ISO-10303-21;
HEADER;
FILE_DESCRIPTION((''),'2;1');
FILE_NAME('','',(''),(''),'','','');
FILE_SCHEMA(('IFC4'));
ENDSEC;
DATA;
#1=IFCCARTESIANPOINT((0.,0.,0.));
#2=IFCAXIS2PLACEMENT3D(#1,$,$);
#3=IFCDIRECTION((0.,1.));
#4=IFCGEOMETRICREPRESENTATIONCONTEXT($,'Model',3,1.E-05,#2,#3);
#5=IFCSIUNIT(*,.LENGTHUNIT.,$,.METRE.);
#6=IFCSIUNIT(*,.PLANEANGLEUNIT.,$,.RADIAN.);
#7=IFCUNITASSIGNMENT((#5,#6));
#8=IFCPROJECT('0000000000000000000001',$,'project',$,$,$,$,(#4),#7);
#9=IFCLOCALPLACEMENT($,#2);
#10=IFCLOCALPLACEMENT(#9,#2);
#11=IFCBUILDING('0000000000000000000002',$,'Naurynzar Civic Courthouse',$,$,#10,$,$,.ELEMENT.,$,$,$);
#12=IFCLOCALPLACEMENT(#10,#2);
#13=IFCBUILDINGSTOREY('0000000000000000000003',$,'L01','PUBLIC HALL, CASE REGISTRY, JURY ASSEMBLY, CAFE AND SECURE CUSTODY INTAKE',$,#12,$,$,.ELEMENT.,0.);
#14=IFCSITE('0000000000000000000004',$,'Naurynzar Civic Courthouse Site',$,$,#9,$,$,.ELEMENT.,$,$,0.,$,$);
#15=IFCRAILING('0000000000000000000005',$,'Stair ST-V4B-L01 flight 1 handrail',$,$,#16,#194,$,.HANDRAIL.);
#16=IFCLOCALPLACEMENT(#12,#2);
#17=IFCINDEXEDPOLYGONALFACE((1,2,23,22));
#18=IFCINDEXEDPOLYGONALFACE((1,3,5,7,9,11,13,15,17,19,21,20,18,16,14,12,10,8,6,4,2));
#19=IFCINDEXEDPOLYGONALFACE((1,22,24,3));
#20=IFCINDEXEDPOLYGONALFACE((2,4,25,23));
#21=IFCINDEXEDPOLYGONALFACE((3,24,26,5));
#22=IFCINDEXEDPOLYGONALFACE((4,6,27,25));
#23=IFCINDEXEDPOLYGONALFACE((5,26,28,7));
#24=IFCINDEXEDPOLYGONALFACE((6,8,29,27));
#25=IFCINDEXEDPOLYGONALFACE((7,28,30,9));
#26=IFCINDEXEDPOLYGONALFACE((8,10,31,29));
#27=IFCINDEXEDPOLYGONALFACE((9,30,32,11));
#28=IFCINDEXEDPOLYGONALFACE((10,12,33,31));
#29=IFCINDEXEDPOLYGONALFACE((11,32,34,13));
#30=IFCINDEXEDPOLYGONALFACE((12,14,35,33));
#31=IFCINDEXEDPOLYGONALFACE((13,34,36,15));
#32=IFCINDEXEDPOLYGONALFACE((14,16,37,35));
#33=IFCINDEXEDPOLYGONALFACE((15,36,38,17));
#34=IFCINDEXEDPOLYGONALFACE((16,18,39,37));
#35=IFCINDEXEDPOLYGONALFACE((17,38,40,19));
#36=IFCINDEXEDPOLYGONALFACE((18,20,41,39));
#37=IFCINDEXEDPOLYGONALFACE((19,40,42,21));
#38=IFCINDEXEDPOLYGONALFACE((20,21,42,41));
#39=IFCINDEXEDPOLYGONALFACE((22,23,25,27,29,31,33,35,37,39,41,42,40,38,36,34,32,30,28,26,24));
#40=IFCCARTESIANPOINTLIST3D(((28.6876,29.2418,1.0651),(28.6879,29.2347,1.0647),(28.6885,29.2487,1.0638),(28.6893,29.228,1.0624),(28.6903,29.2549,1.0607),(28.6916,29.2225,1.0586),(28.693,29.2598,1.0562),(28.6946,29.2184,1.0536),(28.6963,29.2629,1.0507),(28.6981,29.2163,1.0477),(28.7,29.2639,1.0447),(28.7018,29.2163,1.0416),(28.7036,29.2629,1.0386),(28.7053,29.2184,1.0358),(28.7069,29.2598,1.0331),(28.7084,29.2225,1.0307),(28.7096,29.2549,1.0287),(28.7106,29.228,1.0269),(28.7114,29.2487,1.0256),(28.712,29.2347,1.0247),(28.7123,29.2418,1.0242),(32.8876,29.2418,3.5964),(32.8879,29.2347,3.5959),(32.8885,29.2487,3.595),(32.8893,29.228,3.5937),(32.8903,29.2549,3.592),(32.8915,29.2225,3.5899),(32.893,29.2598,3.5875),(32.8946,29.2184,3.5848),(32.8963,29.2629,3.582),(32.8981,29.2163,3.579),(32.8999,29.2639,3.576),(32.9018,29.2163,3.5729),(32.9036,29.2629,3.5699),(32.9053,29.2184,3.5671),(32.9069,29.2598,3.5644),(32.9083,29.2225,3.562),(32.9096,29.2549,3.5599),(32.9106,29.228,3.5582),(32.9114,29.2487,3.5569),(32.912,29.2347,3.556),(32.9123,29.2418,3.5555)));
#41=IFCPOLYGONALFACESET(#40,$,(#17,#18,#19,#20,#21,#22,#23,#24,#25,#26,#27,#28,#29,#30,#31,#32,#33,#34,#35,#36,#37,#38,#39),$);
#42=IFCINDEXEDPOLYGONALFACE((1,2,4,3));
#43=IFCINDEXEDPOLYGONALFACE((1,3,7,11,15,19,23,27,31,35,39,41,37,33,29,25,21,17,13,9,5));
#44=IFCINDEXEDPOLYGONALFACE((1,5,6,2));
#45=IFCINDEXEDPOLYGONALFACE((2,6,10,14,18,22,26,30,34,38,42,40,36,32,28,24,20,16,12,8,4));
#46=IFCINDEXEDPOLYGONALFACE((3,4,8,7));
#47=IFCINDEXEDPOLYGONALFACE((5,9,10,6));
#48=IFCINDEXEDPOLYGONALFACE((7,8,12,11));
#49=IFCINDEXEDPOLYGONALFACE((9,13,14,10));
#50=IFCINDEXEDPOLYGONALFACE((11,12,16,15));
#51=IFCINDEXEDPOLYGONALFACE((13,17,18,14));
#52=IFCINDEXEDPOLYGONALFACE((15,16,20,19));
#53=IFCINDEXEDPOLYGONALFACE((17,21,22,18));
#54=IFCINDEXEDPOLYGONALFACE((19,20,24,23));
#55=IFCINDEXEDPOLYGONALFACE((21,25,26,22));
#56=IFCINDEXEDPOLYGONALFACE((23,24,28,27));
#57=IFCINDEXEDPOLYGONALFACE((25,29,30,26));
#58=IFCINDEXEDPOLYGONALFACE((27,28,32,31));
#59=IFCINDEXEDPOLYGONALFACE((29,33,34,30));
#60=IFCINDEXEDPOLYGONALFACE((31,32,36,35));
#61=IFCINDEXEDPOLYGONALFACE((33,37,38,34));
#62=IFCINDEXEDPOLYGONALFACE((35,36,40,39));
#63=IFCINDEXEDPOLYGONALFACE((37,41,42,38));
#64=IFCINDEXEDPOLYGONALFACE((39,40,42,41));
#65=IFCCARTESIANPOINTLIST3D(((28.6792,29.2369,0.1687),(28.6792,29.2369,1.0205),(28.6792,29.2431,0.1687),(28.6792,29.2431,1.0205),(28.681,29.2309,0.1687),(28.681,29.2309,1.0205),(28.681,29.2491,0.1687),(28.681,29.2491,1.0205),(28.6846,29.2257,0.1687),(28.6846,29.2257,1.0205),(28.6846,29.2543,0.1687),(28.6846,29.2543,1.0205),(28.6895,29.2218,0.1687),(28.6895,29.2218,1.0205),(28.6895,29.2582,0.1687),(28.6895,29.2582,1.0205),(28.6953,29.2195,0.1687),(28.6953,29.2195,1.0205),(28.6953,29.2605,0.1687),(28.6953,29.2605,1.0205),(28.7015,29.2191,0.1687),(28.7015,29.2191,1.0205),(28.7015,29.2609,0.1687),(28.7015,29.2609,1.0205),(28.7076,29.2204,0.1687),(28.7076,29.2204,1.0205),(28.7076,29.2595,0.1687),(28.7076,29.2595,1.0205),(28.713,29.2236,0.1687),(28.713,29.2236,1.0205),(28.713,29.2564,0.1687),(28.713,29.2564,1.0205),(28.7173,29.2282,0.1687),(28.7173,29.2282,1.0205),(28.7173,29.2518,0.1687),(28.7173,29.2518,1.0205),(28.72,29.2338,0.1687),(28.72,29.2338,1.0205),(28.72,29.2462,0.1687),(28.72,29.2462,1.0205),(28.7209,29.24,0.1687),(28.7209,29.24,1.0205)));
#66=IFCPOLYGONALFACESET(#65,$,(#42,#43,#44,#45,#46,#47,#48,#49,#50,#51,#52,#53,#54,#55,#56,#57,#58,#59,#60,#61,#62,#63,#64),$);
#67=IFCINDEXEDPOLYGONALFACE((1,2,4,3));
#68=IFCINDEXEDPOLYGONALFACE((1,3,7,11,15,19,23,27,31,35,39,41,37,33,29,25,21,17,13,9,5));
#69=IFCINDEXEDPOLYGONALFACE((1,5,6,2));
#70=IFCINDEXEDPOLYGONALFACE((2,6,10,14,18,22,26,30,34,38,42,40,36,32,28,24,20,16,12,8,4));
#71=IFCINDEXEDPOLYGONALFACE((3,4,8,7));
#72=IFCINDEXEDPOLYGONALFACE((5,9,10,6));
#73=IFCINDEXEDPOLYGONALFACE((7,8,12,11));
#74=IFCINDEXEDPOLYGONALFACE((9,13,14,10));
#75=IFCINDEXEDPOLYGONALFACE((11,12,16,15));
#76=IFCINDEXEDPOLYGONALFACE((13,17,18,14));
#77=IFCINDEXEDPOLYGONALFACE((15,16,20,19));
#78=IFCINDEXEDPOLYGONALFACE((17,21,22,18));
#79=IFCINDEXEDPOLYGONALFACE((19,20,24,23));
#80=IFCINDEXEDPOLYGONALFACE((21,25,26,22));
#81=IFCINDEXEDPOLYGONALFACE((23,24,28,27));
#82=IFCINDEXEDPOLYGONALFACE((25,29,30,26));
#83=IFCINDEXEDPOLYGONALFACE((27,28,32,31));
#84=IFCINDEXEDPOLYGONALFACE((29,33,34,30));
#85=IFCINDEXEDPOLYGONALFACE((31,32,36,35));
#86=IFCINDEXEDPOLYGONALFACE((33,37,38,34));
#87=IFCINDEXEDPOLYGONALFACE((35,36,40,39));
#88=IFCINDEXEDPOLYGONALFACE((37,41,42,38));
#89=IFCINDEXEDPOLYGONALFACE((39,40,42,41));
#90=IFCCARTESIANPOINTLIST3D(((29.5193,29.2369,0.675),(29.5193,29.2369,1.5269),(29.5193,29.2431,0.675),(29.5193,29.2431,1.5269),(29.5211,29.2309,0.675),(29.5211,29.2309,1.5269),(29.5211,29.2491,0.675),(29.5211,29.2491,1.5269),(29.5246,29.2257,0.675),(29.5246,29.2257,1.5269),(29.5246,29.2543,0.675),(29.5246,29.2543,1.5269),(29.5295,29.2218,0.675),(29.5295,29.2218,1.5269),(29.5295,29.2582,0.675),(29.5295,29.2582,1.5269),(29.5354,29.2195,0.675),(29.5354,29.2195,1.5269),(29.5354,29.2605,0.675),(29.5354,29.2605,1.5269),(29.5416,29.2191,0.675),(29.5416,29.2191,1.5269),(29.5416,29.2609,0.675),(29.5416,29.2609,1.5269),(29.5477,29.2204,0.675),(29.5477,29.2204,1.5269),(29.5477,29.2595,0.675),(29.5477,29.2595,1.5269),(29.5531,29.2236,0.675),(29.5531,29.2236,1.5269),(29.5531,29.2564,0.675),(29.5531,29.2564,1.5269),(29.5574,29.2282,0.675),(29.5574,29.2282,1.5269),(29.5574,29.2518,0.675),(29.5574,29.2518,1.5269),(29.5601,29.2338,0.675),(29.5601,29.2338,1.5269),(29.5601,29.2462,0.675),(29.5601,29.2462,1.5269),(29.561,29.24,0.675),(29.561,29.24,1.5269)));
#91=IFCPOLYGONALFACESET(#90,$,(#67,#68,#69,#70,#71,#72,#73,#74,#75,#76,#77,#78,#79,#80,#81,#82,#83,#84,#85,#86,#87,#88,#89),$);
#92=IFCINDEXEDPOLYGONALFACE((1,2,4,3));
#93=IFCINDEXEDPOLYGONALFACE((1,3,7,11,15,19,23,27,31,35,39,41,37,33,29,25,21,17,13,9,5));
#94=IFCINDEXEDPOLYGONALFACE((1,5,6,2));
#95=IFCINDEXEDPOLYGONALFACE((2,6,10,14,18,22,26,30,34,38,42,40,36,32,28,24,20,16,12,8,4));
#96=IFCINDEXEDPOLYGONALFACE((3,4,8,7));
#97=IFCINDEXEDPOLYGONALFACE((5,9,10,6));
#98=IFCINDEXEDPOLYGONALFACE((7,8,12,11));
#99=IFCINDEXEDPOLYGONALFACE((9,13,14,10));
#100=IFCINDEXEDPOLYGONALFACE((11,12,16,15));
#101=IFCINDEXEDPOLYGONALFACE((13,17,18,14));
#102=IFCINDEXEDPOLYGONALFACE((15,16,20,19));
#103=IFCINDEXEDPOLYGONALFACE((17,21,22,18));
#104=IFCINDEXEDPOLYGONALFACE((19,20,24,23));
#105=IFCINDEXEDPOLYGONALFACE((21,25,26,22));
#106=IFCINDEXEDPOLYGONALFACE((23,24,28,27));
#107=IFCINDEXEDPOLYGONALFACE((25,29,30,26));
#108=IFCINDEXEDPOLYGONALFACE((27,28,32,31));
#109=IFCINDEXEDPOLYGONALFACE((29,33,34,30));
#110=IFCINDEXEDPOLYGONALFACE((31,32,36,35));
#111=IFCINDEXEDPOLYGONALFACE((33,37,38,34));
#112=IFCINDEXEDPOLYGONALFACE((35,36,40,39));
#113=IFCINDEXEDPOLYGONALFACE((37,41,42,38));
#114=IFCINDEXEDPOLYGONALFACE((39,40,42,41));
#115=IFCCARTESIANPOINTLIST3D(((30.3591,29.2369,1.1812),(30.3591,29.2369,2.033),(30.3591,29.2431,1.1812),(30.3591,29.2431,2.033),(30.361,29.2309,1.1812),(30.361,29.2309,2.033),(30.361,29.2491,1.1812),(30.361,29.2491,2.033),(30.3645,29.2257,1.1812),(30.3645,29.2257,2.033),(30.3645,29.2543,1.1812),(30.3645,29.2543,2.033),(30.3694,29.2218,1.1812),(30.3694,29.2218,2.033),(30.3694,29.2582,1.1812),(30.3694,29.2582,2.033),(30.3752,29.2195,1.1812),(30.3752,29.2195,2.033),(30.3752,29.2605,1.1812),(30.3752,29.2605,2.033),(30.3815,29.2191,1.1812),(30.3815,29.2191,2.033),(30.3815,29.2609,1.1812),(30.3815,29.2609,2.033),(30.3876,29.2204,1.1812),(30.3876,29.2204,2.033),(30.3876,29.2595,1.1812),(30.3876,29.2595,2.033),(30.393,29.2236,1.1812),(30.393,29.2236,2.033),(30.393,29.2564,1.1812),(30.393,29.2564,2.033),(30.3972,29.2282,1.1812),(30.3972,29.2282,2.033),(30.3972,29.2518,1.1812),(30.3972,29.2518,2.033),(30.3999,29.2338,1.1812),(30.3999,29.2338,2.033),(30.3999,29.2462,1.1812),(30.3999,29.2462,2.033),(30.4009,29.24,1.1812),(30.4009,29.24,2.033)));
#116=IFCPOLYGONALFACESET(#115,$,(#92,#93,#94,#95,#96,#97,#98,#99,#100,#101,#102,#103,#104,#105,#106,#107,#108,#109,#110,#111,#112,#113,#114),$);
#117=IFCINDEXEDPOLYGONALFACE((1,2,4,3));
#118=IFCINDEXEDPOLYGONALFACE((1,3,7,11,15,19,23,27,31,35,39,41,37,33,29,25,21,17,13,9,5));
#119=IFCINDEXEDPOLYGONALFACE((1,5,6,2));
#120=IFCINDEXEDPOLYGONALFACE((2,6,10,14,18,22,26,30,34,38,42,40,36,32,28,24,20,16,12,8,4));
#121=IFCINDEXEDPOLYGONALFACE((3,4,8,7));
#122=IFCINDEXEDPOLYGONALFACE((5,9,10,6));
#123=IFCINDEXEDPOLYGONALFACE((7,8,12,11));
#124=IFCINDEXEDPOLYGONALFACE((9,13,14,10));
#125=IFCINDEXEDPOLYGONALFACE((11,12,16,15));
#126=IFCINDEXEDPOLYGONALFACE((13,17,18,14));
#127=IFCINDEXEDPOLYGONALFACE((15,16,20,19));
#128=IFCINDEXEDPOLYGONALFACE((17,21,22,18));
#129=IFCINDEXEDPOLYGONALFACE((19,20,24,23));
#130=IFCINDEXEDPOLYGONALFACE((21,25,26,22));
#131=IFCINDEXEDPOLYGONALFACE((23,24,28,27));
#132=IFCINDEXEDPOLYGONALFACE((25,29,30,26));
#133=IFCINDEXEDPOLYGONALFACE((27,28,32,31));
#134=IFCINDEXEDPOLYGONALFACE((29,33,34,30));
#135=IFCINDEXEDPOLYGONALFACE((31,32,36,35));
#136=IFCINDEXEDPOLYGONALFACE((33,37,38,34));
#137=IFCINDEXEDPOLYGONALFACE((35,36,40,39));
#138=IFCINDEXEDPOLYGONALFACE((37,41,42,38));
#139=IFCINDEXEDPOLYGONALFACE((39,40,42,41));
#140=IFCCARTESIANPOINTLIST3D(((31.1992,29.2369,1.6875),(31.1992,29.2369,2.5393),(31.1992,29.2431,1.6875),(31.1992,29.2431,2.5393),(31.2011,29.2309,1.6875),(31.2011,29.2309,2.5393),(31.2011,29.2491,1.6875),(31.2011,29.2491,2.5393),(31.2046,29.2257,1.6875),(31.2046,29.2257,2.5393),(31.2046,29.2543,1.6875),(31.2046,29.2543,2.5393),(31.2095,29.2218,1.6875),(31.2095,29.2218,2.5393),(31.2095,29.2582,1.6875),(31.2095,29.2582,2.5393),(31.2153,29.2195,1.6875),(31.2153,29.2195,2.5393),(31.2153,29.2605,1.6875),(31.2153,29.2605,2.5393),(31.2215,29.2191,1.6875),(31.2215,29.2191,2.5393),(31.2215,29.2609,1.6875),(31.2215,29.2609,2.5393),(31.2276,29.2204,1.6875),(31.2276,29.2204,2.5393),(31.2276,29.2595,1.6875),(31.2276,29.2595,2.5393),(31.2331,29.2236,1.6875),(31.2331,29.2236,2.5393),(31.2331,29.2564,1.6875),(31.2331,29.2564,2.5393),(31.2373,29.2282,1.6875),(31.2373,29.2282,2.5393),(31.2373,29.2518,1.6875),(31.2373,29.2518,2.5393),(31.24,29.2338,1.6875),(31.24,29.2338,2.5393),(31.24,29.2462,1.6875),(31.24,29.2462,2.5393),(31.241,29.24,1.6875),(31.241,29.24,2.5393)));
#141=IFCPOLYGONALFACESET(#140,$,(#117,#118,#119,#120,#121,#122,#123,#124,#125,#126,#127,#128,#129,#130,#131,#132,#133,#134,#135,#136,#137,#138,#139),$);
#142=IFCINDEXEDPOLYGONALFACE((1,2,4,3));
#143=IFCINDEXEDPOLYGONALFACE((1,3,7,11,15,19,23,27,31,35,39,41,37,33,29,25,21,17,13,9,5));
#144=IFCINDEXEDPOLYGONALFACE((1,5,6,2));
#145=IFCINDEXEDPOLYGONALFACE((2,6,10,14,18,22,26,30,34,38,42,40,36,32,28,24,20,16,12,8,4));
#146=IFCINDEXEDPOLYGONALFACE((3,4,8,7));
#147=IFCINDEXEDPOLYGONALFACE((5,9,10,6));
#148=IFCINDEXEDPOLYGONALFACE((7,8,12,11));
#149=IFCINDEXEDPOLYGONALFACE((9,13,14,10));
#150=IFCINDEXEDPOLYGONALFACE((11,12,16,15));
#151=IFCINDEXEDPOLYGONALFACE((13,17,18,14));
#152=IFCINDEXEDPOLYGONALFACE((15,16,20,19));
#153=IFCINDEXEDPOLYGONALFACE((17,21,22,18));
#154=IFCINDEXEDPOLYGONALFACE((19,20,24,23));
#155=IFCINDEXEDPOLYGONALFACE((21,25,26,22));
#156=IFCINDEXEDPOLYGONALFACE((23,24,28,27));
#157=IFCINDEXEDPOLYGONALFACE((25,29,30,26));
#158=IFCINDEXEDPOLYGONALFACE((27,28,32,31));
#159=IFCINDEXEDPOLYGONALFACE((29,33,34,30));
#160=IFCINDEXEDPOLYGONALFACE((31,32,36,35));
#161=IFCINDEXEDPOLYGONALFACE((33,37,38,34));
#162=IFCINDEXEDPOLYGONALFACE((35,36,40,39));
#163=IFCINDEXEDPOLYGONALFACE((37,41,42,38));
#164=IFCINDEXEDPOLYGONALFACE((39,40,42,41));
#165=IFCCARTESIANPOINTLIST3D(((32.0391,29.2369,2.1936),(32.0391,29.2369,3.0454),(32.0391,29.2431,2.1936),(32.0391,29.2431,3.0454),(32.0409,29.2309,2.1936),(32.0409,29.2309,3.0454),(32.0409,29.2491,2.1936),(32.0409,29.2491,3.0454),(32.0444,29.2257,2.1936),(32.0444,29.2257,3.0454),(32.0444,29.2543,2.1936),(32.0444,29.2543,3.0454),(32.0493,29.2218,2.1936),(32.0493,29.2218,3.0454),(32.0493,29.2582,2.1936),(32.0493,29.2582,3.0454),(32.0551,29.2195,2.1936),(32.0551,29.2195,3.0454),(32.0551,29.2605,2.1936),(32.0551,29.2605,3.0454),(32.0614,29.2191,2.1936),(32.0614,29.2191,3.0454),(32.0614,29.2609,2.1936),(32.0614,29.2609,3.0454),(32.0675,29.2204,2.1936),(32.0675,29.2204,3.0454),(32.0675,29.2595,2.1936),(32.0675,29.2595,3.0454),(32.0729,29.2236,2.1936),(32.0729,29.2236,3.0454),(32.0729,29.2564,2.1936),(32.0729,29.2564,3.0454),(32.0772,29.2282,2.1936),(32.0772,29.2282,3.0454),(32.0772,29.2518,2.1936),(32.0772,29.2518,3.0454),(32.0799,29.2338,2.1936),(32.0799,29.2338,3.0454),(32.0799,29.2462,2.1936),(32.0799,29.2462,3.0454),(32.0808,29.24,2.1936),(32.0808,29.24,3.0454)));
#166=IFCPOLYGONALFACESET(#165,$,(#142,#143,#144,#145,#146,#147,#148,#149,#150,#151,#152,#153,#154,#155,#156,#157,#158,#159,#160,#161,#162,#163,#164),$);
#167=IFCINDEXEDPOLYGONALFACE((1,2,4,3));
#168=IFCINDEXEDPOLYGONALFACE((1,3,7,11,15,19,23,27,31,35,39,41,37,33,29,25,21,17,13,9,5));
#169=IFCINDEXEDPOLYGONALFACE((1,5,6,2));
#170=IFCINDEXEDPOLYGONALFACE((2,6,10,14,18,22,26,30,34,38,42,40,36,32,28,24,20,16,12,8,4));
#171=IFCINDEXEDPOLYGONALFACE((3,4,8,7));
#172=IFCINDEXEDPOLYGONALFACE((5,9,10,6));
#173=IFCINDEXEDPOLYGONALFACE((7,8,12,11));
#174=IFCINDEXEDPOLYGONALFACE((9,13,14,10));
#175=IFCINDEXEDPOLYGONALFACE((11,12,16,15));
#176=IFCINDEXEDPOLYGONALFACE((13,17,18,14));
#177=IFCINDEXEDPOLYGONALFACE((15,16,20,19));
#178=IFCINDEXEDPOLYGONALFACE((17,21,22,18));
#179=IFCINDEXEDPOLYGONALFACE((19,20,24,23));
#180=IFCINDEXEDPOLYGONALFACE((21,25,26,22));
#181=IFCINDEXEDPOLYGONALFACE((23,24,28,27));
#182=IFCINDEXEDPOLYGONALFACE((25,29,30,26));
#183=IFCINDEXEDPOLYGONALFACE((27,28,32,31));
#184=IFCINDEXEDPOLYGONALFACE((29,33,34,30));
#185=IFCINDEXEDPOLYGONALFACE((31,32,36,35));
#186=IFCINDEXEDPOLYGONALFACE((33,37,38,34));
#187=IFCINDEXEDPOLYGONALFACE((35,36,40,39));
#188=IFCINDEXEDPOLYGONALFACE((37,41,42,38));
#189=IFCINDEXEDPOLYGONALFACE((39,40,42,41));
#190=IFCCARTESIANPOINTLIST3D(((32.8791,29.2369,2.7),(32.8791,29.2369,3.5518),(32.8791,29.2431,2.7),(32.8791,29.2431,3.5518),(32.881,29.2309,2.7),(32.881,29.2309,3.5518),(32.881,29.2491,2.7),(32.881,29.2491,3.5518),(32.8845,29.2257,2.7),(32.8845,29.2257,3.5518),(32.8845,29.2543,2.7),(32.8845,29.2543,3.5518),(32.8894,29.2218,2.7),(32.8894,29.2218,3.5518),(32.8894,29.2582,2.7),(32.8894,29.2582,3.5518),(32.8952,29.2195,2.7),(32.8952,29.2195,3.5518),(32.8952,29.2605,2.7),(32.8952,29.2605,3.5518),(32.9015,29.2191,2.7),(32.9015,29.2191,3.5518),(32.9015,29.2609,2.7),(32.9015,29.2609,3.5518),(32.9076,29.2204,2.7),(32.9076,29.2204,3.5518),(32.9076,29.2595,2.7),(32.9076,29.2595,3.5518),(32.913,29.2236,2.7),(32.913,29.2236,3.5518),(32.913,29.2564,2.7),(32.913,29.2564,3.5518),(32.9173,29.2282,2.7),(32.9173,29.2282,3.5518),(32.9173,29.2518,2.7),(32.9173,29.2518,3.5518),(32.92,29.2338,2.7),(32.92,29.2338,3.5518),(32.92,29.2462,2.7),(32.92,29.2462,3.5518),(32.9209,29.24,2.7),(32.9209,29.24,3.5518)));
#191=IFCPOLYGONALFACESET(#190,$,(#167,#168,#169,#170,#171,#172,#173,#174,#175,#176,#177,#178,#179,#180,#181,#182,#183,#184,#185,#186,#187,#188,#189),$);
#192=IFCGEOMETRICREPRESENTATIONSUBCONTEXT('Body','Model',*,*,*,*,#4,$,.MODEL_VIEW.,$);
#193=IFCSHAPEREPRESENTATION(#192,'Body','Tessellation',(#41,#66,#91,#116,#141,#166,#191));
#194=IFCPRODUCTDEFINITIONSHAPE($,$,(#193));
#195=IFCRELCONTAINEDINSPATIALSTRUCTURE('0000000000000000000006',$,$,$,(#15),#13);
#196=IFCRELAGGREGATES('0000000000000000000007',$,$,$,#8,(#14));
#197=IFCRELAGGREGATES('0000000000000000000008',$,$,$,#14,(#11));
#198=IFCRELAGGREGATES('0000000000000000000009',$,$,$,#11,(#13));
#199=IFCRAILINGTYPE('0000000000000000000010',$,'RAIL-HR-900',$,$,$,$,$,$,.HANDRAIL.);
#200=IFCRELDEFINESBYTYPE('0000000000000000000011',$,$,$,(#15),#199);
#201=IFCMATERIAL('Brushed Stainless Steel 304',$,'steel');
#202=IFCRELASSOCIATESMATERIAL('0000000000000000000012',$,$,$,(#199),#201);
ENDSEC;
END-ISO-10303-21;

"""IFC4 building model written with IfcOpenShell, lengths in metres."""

from ifc_helpers import new_model, si_unit, direction, frame, origin, origin_2d, place, context, subcontext, project, spatial, circle, extrude, material, type_object, element, save


model = new_model("IFC4")

# Units and contexts
model_context = context("Model", 3, precision=1e-05, world=origin(), true_north=direction((0.0, 1.0)))
body_context = subcontext(model_context, "Body", "Model", "MODEL_VIEW")
ifc_project = project(units=[si_unit("LENGTHUNIT", "METRE"), si_unit("PLANEANGLEUNIT", "RADIAN")], contexts=[model_context])

# Site, building, storey
site_placement = place(None, origin())
site = spatial("IfcSite", under=ifc_project, at=site_placement, Name="Naurynzar Civic Courthouse Site", CompositionType="ELEMENT", RefElevation=0.0)
building_placement = place(site_placement, origin())
building = spatial("IfcBuilding", under=site, at=building_placement, Name="Naurynzar Civic Courthouse", CompositionType="ELEMENT")
storey_placement = place(building_placement, origin())
storey = spatial("IfcBuildingStorey", under=building, at=storey_placement, Name="L01", Description="PUBLIC HALL, CASE REGISTRY, JURY ASSEMBLY, CAFE AND SECURE CUSTODY INTAKE", CompositionType="ELEMENT", Elevation=0.0)

# Railing
ifc_material_1 = material(Name="Brushed Stainless Steel 304", Category="steel")
railing_type_1 = type_object("IfcRailingType", Name="RAIL-HR-900", PredefinedType="HANDRAIL", material=ifc_material_1)
railing_1_placement = place(storey_placement, frame((28.7, 29.24, 0.1687)))
element("IfcRailing", 1, at=railing_1_placement, inside=storey, type_object=railing_type_1, Name="Stair ST-V4B-L01 flight 1 handrail", PredefinedType="HANDRAIL", context=body_context, shape_type="SweptSolid", body=[
    extrude(circle(Radius=0.0239, at=origin_2d()), frame((0.0, 0.0, 0.876), z_axis=(0.856476, 0.0, 0.516186), x_axis=(0.0, 1.0, 0.0)), (0.0, 0.0, 1.0), 4.9038),
    extrude(circle(Radius=0.021, at=origin_2d()), origin(), (0.0, 0.0, 1.0), 0.8518),
    extrude(circle(Radius=0.021, at=origin_2d()), frame((0.8401, 0.0, 0.5063)), (0.0, 0.0, 1.0), 0.8518),
    extrude(circle(Radius=0.021, at=origin_2d()), frame((1.6799, 0.0, 1.0125)), (0.0, 0.0, 1.0), 0.8518),
    extrude(circle(Radius=0.021, at=origin_2d()), frame((2.52, 0.0, 1.5188)), (0.0, 0.0, 1.0), 0.8518),
    extrude(circle(Radius=0.021, at=origin_2d()), frame((3.3599, 0.0, 2.0249)), (0.0, 0.0, 1.0), 0.8518),
    extrude(circle(Radius=0.021, at=origin_2d()), frame((4.2, 0.0, 2.5312)), (0.0, 0.0, 1.0), 0.8518),
])

save(model, "model.ifc")
